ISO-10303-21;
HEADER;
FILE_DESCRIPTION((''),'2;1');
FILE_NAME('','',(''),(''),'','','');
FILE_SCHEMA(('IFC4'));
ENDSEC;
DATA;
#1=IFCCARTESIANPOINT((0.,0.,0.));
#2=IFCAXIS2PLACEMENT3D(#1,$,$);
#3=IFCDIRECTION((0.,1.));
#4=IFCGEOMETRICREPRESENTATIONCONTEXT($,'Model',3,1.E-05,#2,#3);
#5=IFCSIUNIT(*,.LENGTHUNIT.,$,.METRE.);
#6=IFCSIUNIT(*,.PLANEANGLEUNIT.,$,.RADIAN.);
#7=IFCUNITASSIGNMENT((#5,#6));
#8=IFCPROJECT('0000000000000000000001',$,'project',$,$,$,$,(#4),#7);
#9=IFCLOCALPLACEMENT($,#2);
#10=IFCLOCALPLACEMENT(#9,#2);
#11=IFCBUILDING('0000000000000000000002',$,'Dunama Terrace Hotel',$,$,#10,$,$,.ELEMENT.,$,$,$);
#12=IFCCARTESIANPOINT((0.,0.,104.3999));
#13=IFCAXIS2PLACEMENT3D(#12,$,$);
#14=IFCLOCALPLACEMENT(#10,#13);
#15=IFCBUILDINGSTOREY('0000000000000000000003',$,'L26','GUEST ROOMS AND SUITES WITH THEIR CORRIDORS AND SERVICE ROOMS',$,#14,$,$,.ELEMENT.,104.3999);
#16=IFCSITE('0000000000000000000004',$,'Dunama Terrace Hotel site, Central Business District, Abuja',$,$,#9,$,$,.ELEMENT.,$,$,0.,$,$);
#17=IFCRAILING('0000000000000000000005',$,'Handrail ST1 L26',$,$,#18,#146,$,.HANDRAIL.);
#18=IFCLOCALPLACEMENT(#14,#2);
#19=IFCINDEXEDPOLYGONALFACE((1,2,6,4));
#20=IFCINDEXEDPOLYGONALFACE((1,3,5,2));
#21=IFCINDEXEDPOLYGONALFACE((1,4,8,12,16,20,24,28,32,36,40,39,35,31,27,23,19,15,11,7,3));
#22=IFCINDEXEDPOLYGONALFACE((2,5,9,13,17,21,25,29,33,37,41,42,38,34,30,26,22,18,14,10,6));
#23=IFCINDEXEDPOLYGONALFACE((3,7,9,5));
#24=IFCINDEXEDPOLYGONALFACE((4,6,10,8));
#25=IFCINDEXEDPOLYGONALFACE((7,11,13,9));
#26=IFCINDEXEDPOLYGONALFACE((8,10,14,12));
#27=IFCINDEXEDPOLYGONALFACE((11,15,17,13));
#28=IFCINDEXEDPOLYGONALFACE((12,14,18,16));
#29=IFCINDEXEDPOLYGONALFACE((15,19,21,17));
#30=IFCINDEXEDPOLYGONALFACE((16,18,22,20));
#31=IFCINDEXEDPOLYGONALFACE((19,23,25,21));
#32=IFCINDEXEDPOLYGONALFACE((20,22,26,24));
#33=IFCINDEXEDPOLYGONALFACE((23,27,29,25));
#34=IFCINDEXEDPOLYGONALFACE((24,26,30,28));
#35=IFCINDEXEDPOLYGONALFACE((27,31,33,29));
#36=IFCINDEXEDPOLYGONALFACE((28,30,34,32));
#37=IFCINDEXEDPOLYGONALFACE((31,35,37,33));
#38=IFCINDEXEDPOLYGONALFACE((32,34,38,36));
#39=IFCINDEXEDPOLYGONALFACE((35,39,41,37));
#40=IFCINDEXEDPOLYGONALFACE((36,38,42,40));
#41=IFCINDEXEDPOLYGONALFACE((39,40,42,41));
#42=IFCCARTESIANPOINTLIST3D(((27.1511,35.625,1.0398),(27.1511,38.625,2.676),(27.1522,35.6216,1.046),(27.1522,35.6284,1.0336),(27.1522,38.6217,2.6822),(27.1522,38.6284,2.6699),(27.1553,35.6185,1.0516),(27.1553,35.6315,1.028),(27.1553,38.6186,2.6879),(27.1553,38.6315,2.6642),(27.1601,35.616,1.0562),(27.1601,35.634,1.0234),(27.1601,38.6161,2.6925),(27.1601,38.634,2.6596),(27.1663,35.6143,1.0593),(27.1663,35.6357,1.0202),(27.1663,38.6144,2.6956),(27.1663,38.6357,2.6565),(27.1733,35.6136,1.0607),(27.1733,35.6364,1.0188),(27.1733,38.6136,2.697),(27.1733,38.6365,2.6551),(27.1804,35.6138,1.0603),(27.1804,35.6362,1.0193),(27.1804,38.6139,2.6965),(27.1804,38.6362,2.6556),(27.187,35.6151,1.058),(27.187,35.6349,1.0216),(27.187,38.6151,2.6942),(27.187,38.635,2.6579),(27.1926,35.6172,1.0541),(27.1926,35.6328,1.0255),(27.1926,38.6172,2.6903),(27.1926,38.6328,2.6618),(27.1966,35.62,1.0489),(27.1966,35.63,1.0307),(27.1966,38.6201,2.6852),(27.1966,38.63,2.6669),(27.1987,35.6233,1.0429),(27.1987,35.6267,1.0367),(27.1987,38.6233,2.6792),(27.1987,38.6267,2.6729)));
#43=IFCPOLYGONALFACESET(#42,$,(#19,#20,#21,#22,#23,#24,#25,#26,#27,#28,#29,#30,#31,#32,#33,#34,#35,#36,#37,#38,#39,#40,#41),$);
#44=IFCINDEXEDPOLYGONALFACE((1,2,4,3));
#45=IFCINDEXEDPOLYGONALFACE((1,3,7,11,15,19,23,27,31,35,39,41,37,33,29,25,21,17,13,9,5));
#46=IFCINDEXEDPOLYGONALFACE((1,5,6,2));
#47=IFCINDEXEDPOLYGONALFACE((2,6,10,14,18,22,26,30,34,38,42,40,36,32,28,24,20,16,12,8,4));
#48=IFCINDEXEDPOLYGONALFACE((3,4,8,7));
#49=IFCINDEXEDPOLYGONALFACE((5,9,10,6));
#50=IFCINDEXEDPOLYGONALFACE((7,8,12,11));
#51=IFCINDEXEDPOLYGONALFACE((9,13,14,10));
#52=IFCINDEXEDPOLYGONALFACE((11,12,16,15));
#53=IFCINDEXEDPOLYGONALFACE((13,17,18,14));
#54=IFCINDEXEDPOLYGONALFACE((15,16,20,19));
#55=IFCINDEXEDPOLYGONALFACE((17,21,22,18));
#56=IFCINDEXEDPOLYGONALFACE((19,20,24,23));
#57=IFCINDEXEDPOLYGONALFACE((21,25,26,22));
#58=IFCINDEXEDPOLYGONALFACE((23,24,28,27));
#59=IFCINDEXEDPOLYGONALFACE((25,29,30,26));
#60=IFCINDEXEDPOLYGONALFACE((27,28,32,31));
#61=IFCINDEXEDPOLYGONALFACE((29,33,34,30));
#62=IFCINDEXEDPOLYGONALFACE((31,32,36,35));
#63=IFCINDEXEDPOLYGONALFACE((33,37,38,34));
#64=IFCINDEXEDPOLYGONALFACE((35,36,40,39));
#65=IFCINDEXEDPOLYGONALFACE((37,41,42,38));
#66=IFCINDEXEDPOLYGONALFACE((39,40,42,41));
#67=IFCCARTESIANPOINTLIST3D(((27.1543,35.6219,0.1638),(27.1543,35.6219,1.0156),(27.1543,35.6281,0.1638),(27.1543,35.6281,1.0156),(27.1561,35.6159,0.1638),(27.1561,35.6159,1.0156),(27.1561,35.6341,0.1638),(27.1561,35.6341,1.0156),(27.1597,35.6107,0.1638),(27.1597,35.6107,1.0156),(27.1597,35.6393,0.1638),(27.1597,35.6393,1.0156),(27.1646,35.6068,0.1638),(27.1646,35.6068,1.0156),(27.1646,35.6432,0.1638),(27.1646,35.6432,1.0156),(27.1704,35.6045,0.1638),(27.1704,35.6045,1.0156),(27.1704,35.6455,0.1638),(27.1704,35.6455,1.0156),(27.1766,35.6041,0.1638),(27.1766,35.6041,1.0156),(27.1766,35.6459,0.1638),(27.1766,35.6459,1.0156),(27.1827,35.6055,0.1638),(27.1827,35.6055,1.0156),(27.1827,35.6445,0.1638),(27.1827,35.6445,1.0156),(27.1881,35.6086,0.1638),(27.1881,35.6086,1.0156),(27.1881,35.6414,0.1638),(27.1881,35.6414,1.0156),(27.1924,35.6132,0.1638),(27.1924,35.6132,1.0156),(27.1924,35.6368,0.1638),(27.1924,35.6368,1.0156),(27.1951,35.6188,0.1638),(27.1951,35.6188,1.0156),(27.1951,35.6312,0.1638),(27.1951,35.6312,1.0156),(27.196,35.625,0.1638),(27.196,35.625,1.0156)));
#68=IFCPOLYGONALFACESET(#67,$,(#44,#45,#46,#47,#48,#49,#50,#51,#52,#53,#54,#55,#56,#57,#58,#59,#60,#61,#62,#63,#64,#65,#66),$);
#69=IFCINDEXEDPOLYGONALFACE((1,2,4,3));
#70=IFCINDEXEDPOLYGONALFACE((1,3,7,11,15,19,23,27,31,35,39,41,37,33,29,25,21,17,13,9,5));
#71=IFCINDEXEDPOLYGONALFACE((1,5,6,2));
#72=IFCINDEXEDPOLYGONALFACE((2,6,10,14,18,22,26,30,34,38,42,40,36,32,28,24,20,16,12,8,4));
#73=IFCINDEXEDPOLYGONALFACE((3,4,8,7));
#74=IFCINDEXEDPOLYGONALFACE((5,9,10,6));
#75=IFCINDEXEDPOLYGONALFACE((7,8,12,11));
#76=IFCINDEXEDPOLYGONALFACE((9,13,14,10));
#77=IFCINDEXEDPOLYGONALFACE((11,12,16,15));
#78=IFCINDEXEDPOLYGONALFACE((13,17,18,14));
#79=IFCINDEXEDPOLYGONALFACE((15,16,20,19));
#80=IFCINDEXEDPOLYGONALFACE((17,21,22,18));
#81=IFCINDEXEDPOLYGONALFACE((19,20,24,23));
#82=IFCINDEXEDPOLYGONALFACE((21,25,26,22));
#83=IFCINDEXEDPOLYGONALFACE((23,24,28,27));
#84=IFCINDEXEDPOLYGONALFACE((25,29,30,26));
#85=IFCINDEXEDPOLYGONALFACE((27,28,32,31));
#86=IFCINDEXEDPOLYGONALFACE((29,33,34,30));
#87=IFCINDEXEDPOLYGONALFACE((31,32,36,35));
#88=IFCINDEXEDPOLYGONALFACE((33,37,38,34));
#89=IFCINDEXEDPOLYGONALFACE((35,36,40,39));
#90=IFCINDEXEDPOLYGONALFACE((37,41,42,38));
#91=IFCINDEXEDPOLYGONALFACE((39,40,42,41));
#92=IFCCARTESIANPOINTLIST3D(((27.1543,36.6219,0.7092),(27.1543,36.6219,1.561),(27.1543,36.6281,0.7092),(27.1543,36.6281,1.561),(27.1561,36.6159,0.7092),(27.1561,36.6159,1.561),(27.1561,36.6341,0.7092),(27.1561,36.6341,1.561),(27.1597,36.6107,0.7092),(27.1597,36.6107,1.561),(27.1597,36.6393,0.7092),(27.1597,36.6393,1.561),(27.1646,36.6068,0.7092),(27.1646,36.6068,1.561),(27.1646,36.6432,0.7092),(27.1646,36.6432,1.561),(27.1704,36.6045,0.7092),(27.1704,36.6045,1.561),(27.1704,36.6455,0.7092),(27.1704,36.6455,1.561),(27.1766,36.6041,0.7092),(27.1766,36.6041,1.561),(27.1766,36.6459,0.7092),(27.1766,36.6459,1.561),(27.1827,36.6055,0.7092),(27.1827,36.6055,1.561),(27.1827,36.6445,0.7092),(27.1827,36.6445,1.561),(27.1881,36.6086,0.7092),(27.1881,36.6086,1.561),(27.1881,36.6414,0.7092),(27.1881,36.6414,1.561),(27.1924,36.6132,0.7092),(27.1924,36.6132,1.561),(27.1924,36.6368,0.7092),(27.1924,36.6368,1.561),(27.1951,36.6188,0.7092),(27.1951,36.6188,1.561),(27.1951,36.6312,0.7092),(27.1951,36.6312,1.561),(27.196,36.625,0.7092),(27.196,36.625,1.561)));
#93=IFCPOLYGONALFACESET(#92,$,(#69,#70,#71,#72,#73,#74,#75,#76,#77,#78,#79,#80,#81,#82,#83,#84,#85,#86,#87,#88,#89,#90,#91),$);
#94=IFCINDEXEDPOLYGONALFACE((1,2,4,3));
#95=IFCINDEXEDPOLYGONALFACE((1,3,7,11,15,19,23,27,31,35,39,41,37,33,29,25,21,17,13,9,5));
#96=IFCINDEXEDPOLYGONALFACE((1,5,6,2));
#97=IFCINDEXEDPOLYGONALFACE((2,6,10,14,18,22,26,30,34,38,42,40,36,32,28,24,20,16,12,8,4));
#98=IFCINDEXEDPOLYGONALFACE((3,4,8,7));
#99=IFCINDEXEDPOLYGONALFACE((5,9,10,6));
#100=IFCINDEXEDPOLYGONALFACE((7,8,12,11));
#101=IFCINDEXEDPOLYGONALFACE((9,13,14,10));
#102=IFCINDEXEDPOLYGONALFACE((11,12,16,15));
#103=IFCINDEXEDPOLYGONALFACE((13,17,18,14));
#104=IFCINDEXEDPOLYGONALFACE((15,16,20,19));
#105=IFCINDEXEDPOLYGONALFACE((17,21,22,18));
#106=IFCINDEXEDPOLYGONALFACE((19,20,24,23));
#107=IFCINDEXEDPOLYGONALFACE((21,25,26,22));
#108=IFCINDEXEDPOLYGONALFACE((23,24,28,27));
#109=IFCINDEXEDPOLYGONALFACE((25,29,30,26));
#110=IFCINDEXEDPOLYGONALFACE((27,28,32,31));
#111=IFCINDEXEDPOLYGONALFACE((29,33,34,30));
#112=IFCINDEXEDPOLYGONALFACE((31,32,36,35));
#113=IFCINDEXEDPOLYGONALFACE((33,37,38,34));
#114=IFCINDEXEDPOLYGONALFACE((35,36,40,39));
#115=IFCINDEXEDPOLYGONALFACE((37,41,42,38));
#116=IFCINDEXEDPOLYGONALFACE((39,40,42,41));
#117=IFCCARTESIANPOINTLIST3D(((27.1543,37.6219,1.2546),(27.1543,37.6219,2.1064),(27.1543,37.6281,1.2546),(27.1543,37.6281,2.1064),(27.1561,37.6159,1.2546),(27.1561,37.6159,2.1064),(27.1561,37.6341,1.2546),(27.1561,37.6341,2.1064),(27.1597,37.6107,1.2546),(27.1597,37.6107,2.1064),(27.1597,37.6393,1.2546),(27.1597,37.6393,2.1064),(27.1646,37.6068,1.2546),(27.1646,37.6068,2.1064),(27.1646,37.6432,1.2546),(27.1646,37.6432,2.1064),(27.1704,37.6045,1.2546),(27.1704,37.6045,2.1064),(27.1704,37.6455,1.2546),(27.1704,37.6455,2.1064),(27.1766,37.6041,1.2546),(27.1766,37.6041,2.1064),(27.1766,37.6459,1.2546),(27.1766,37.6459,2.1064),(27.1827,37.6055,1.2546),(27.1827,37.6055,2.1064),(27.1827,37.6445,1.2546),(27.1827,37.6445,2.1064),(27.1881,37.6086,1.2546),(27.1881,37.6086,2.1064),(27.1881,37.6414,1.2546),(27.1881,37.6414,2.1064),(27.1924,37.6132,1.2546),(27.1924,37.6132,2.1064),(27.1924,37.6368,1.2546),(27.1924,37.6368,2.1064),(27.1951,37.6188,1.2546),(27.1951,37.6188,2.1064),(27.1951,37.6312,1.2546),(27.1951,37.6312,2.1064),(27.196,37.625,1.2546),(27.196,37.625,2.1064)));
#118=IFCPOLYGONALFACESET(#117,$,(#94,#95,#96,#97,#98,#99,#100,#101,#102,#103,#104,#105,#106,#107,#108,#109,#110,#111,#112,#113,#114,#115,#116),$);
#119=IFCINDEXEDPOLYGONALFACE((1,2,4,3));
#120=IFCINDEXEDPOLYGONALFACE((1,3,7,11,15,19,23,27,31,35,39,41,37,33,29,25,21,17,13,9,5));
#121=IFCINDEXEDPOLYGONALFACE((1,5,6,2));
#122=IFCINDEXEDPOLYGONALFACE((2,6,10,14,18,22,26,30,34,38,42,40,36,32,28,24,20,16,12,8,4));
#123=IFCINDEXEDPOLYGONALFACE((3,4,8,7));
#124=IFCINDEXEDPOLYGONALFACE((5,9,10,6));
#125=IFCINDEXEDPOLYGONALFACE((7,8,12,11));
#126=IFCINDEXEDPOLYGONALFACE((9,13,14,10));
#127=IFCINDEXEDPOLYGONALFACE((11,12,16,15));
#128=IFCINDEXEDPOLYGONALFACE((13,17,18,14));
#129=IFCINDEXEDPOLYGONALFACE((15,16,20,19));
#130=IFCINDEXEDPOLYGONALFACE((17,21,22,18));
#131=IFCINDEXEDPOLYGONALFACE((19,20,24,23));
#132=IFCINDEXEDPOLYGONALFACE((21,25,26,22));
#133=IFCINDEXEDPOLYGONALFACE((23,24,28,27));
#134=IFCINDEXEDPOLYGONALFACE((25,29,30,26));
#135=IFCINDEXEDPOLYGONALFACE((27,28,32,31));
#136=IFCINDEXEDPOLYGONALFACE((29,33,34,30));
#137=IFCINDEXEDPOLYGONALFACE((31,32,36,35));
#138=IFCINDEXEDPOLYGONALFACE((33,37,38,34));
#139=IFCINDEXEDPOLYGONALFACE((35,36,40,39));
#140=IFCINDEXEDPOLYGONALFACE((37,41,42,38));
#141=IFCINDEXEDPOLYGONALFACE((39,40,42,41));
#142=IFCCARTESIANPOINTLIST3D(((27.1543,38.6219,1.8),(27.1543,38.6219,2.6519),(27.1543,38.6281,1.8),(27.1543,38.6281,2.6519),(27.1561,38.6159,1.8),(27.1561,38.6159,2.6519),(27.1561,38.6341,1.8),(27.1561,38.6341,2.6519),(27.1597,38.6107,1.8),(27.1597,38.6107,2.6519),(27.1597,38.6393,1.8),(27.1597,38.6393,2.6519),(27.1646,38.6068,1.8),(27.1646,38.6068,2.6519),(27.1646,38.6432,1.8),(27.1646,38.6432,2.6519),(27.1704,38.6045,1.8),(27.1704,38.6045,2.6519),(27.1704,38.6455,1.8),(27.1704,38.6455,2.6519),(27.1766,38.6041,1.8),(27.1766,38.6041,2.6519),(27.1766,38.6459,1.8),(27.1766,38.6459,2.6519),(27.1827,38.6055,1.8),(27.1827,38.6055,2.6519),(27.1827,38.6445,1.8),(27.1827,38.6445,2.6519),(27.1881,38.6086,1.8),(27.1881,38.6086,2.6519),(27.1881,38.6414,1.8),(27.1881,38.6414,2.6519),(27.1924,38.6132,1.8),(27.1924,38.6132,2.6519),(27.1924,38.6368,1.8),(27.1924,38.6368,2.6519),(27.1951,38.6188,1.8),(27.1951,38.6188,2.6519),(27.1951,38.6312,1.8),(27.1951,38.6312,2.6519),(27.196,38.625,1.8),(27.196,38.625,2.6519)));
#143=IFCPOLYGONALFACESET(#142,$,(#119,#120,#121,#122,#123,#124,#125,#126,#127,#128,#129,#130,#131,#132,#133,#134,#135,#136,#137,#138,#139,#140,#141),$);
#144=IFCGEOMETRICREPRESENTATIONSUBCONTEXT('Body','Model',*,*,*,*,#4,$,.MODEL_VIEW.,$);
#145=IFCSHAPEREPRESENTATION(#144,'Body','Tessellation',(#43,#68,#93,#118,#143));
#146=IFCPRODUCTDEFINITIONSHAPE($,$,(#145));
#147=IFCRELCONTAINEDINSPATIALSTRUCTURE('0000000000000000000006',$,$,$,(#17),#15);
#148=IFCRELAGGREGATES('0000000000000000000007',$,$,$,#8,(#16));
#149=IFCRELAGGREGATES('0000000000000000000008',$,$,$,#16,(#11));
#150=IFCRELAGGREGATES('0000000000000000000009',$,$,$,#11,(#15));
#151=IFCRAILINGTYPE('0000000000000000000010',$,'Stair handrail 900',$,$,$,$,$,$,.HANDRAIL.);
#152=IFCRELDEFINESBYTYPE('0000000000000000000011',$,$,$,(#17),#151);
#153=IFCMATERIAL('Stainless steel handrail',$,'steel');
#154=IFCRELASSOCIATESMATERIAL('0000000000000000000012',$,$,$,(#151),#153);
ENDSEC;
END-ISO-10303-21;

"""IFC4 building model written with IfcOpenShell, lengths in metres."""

from ifc_helpers import new_model, si_unit, direction, frame, origin, origin_2d, place, context, subcontext, project, spatial, circle, extrude, material, type_object, element, save


model = new_model("IFC4")

# Units and contexts
model_context = context("Model", 3, precision=1e-05, world=origin(), true_north=direction((0.0, 1.0)))
body_context = subcontext(model_context, "Body", "Model", "MODEL_VIEW")
ifc_project = project(units=[si_unit("LENGTHUNIT", "METRE"), si_unit("PLANEANGLEUNIT", "RADIAN")], contexts=[model_context])

# Site, building, storey
site_placement = place(None, origin())
site = spatial("IfcSite", under=ifc_project, at=site_placement, Name="Dunama Terrace Hotel site, Central Business District, Abuja", CompositionType="ELEMENT", RefElevation=0.0)
building_placement = place(site_placement, origin())
building = spatial("IfcBuilding", under=site, at=building_placement, Name="Dunama Terrace Hotel", CompositionType="ELEMENT")
storey_placement = place(building_placement, frame((0.0, 0.0, 104.3999)))
storey = spatial("IfcBuildingStorey", under=building, at=storey_placement, Name="L26", Description="GUEST ROOMS AND SUITES WITH THEIR CORRIDORS AND SERVICE ROOMS", CompositionType="ELEMENT", Elevation=104.3999)

# Railing
ifc_material_1 = material(Name="Stainless steel handrail", Category="steel")
railing_type = type_object("IfcRailingType", Name="Stair handrail 900", PredefinedType="HANDRAIL", material=ifc_material_1)
railing_1_placement = place(storey_placement, frame((27.175, 35.625, 0.1638)))
element("IfcRailing", 1, at=railing_1_placement, inside=storey, type_object=railing_type, Name="Handrail ST1 L26", PredefinedType="HANDRAIL", context=body_context, shape_type="SweptSolid", body=[
    extrude(circle(Radius=0.0239, at=origin_2d()), frame((0.0, 0.0, 0.876), z_axis=(0.0, 0.877912, 0.478822), x_axis=(-1.0, 0.0, 0.0)), (0.0, 0.0, 1.0), 3.4172),
    extrude(circle(Radius=0.021, at=origin_2d()), origin(), (0.0, 0.0, 1.0), 0.8518),
    extrude(circle(Radius=0.021, at=origin_2d()), frame((0.0, 1.0, 0.5454)), (0.0, 0.0, 1.0), 0.8518),
    extrude(circle(Radius=0.021, at=origin_2d()), frame((0.0, 2.0, 1.0908)), (0.0, 0.0, 1.0), 0.8518),
    extrude(circle(Radius=0.021, at=origin_2d()), frame((0.0, 3.0, 1.6362)), (0.0, 0.0, 1.0), 0.8518),
])

save(model, "model.ifc")
